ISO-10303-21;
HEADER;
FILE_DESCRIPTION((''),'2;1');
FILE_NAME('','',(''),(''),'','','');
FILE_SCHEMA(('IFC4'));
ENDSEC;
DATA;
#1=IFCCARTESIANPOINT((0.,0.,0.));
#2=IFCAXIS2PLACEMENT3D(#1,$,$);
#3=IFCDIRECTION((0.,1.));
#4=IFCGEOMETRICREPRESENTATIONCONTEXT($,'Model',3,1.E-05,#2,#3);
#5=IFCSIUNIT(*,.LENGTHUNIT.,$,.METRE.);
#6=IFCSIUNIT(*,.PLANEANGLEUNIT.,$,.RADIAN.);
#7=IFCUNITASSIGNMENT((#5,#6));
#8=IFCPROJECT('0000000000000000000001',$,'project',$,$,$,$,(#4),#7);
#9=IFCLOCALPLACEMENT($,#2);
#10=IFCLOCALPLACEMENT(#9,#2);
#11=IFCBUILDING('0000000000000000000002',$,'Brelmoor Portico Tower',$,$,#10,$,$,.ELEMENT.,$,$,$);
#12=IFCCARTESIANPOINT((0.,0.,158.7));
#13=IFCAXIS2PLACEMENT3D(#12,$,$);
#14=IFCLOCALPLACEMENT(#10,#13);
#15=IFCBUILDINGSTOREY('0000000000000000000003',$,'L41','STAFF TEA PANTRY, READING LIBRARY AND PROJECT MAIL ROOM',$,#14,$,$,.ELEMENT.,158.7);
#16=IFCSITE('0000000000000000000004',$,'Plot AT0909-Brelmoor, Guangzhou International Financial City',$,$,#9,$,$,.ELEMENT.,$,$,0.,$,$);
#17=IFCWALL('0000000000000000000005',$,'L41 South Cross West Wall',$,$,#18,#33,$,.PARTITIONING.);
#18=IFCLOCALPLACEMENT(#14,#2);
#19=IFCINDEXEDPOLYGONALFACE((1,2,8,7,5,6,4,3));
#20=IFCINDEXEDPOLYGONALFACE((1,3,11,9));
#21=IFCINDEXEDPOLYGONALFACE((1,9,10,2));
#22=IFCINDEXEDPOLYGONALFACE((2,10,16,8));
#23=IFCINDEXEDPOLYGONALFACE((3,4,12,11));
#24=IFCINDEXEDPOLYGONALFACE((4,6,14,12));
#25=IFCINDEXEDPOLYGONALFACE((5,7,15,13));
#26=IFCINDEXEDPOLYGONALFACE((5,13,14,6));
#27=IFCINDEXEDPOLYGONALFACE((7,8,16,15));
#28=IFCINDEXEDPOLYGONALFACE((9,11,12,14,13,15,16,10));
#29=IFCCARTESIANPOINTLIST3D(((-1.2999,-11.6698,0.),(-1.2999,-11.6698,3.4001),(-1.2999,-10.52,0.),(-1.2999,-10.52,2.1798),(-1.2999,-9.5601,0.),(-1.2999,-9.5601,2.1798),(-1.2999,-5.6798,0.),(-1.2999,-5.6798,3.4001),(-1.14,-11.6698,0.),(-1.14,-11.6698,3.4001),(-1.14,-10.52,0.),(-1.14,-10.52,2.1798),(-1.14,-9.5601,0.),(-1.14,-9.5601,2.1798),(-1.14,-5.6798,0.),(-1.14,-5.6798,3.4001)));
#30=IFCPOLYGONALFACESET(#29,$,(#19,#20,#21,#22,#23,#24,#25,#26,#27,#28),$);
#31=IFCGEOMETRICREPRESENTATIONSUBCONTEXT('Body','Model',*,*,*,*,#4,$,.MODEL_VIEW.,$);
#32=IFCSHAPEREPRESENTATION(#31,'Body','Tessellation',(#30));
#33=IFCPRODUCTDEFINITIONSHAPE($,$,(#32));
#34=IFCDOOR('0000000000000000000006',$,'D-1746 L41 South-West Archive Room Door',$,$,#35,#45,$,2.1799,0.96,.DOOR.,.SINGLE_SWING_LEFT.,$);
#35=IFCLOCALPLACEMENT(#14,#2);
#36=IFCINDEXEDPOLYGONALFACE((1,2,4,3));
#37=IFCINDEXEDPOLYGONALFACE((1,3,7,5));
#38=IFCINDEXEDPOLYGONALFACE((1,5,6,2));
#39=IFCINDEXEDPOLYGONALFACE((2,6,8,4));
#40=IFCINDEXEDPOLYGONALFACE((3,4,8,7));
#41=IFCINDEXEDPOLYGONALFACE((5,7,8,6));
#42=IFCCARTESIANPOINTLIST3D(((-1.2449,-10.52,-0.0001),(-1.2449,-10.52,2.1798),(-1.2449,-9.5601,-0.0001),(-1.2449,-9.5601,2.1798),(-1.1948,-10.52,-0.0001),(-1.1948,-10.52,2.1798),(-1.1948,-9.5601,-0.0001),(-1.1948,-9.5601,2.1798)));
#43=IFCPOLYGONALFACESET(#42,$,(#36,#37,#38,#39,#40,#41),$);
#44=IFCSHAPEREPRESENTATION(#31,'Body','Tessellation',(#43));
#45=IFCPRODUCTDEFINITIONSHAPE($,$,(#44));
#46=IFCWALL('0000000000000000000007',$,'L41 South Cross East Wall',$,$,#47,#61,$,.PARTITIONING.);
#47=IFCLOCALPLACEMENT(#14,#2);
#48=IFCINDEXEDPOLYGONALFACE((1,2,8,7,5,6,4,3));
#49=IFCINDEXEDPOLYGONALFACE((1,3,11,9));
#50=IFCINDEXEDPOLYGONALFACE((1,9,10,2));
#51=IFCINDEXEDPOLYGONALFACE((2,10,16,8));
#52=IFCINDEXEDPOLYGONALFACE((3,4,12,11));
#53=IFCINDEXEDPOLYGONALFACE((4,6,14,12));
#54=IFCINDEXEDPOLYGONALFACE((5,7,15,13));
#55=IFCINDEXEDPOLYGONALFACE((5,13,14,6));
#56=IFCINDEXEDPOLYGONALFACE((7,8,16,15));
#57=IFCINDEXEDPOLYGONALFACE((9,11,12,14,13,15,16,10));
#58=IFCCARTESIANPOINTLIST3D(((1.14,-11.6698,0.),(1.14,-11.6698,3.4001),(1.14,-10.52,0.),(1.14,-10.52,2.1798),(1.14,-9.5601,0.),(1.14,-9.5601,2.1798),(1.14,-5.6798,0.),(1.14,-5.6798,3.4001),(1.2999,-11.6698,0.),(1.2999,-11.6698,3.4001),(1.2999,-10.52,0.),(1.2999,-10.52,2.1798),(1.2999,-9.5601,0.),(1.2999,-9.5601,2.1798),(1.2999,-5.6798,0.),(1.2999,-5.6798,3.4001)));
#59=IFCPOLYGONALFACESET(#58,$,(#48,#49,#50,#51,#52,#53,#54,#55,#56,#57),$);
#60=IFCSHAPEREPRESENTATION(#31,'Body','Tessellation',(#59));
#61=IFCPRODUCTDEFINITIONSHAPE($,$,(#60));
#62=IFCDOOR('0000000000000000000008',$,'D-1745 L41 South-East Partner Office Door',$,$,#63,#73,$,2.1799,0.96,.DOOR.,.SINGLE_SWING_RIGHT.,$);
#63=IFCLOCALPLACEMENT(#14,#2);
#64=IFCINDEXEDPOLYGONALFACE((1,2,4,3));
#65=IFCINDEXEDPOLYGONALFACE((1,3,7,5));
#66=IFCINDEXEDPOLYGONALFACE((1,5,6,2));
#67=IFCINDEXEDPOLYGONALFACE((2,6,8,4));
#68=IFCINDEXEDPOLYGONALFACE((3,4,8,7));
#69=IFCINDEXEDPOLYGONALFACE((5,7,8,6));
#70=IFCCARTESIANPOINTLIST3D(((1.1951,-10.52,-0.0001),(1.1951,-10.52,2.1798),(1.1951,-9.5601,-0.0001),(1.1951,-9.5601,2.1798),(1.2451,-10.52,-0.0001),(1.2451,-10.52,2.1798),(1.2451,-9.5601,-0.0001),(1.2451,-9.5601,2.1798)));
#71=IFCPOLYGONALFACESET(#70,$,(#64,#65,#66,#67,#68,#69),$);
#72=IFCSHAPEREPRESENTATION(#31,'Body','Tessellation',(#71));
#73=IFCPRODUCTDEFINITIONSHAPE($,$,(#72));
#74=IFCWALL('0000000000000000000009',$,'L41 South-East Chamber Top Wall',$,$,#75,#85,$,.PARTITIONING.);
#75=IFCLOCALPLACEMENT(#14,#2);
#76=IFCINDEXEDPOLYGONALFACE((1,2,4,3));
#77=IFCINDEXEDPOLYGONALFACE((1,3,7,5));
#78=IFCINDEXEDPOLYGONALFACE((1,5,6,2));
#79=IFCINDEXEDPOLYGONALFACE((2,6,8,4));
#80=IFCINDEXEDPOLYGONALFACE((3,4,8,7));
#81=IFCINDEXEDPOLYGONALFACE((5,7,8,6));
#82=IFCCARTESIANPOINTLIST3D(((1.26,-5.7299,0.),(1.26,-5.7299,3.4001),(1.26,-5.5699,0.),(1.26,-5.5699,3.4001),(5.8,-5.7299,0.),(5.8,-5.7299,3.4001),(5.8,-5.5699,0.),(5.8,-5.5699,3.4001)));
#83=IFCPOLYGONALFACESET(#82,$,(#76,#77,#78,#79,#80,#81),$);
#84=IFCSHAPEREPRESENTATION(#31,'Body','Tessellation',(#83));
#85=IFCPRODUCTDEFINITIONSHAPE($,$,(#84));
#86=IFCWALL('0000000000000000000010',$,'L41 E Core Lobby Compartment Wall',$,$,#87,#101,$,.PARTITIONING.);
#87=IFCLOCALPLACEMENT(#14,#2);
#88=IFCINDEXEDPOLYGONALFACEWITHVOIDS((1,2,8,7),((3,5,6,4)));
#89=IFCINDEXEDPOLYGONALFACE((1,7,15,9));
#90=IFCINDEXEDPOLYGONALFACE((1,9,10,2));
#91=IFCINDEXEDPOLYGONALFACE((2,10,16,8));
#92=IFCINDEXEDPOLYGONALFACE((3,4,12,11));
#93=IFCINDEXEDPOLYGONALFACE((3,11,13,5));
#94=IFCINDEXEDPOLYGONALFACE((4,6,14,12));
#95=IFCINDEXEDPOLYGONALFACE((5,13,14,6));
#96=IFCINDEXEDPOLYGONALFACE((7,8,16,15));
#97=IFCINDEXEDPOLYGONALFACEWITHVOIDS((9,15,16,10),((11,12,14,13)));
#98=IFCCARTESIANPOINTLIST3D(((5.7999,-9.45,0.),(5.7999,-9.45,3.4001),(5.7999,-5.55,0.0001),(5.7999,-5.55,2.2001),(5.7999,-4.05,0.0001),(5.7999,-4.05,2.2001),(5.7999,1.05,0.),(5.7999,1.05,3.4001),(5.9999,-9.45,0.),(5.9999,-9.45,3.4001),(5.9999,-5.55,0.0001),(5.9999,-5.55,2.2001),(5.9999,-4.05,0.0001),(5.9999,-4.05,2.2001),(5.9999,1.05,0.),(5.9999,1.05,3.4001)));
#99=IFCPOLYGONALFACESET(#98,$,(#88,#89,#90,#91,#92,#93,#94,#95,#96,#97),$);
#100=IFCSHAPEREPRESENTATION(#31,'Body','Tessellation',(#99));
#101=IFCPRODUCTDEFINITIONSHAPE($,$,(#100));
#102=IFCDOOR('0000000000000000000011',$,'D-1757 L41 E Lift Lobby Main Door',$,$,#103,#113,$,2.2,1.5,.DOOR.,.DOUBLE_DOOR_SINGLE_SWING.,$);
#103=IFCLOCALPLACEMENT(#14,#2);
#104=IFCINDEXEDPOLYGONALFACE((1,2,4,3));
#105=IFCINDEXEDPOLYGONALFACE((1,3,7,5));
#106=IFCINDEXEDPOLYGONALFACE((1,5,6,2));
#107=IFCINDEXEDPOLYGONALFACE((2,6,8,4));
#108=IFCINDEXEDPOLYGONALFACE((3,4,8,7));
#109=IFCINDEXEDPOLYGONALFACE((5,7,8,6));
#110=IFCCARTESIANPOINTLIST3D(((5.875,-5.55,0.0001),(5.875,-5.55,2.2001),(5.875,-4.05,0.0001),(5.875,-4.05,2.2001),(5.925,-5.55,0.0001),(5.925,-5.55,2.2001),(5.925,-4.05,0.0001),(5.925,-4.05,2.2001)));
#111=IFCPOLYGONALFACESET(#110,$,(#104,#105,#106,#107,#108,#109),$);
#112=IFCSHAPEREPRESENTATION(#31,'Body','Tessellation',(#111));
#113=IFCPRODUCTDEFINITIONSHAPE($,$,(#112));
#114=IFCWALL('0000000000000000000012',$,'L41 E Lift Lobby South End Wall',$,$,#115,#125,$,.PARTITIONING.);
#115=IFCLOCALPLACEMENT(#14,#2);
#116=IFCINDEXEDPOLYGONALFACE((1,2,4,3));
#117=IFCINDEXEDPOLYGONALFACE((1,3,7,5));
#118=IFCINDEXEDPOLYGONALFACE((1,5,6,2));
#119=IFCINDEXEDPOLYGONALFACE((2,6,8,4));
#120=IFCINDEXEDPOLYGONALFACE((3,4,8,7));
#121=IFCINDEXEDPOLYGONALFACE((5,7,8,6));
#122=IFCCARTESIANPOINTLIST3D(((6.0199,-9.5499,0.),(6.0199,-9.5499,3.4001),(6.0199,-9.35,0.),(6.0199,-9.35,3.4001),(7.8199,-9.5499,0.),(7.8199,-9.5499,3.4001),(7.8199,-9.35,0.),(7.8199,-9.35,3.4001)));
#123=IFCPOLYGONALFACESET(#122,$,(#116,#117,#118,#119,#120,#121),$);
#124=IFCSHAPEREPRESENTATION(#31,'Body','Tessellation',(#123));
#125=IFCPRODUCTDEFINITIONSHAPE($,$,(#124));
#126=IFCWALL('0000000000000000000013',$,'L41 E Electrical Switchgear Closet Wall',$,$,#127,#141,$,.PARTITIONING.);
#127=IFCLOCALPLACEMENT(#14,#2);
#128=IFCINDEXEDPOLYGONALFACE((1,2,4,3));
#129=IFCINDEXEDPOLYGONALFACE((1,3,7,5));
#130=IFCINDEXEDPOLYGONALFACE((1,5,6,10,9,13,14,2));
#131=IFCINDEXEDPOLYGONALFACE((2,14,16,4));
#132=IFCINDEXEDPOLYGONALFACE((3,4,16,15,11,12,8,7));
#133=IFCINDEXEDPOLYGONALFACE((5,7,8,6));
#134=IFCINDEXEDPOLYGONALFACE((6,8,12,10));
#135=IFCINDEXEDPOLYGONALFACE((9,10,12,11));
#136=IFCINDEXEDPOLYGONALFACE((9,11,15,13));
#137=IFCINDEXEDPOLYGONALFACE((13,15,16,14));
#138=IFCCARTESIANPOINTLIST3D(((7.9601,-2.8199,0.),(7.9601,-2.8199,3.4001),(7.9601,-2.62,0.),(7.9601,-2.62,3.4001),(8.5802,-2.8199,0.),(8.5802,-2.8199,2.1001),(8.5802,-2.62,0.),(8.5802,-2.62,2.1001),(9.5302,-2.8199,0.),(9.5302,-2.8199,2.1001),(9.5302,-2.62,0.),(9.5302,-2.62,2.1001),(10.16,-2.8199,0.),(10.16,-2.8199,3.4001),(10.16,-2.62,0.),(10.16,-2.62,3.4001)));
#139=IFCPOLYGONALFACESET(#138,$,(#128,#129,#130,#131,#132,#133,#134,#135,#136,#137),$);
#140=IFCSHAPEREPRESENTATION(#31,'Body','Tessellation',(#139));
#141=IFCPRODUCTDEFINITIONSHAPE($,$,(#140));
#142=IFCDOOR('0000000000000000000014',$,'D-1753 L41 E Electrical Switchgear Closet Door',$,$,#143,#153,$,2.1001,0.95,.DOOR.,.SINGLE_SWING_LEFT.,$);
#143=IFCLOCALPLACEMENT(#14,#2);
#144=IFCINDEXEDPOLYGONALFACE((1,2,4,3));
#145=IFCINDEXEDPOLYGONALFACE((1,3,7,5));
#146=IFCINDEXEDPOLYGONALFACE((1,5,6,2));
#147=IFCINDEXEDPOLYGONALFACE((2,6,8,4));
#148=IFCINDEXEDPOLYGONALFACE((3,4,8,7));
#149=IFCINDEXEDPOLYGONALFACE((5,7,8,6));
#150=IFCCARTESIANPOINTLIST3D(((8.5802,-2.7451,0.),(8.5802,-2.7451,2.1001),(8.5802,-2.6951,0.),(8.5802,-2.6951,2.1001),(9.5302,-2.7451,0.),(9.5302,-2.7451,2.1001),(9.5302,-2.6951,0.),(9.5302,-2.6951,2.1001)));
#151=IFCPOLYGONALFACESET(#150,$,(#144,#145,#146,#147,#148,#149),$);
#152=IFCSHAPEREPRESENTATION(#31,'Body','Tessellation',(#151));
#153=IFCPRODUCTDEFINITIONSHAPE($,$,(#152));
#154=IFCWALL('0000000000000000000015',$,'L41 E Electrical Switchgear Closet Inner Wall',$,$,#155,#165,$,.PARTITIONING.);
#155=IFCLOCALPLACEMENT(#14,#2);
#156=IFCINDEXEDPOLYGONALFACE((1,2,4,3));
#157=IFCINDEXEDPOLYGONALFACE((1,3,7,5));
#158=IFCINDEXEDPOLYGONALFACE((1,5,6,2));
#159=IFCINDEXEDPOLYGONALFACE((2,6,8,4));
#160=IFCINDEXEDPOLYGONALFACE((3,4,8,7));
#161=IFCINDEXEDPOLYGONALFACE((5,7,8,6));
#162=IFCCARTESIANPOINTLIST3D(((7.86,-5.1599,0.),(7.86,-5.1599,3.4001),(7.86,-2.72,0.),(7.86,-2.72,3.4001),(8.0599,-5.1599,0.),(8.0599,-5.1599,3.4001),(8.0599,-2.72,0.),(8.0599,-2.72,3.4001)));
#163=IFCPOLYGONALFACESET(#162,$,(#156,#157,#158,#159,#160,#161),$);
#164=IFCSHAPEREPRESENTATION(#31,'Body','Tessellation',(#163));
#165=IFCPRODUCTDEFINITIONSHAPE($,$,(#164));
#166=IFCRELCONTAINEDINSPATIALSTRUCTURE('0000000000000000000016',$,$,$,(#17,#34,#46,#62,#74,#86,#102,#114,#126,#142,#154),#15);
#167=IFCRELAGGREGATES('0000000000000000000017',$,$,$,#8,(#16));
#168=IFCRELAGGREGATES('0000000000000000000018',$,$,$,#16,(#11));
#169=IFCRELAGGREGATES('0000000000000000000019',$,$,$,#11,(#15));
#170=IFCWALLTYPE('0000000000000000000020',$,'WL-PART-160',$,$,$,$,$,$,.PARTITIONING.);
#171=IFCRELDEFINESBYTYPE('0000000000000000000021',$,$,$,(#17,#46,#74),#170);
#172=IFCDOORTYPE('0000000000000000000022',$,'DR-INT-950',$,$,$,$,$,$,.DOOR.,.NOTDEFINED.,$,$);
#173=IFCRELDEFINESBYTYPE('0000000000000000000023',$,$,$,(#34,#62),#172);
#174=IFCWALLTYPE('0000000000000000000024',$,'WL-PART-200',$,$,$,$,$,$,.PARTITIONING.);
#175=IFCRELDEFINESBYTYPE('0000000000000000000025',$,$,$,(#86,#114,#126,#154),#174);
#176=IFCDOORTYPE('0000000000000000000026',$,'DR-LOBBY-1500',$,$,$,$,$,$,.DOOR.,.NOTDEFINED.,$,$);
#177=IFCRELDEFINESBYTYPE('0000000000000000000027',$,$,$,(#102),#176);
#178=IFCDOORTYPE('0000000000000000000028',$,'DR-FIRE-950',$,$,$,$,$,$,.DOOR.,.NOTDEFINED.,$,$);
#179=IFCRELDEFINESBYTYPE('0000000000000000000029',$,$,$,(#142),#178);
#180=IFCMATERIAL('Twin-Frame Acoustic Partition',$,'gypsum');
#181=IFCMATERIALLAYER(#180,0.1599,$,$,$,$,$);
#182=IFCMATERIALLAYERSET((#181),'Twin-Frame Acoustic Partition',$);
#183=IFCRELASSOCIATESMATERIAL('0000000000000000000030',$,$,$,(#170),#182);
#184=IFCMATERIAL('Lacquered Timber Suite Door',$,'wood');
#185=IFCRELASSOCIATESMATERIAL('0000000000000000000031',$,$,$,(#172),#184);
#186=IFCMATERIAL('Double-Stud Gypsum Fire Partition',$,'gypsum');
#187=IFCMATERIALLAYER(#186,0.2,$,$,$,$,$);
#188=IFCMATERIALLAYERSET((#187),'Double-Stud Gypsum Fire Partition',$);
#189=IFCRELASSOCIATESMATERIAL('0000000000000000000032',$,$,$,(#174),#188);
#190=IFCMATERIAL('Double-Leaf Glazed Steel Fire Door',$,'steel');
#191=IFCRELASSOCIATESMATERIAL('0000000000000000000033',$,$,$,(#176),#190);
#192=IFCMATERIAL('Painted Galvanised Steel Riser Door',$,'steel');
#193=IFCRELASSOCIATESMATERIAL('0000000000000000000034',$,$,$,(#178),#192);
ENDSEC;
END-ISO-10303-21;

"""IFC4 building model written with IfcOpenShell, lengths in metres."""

from ifc_helpers import new_model, si_unit, direction, frame, frame_2d, origin, place, context, subcontext, project, spatial, rectangle, extrude, material, layer, layer_set, type_object, element, fill, save


model = new_model("IFC4")

# Units and contexts
model_context = context("Model", 3, precision=1e-05, world=origin(), true_north=direction((0.0, 1.0)))
body_context = subcontext(model_context, "Body", "Model", "MODEL_VIEW")
ifc_project = project(units=[si_unit("LENGTHUNIT", "METRE"), si_unit("PLANEANGLEUNIT", "RADIAN")], contexts=[model_context])

# Site, building, storey
site_placement = place(None, origin())
site = spatial("IfcSite", under=ifc_project, at=site_placement, Name="Plot AT0909-Brelmoor, Guangzhou International Financial City", CompositionType="ELEMENT", RefElevation=0.0)
building_placement = place(site_placement, origin())
building = spatial("IfcBuilding", under=site, at=building_placement, Name="Brelmoor Portico Tower", CompositionType="ELEMENT")
storey_placement = place(building_placement, frame((0.0, 0.0, 158.7)))
storey = spatial("IfcBuildingStorey", under=building, at=storey_placement, Name="L41", Description="STAFF TEA PANTRY, READING LIBRARY AND PROJECT MAIL ROOM", CompositionType="ELEMENT", Elevation=158.7)

# Shared definitions
ifc_material_1 = material(Name="Twin-Frame Acoustic Partition", Category="gypsum")
ifc_layer_1 = layer(ifc_material_1, 0.1599)
ifc_layer_set_1 = layer_set([ifc_layer_1], Name="Twin-Frame Acoustic Partition")
wall_type_1 = type_object("IfcWallType", Name="WL-PART-160", PredefinedType="PARTITIONING", material=ifc_layer_set_1)
ifc_material_2 = material(Name="Lacquered Timber Suite Door", Category="wood")
door_type_1 = type_object("IfcDoorType", Name="DR-INT-950", OperationType="NOTDEFINED", PredefinedType="DOOR", material=ifc_material_2)

# Walls, openings, doors
wall_1_placement = place(storey_placement, frame((-1.22, -11.6699, 0.0), z_axis=(0.0, 0.0, 1.0), x_axis=(0.0, 1.0, 0.0)))
wall_1 = element("IfcWall", 1, at=wall_1_placement, inside=storey, type_object=wall_type_1, Name="L41 South Cross West Wall", PredefinedType="PARTITIONING", context=body_context, shape_type="SweptSolid", body=[
    extrude(rectangle(XDim=5.99, YDim=0.1599, at=frame_2d((2.9951, 0.0))), origin(), (0.0, 0.0, 1.0), 3.4001),
])
opening_1_placement = place(wall_1_placement, frame((1.1499, 0.0, 0.0)))
opening_1 = element("IfcOpeningElement", 2, at=opening_1_placement, cuts=wall_1, PredefinedType="OPENING", context=body_context, shape_type="SweptSolid", body=[
    extrude(rectangle(XDim=0.96, YDim=2.1799, at=frame_2d((0.48, 1.0898))), frame((0.0, 0.0898, 0.0), z_axis=(0.0, -1.0, 0.0), x_axis=(1.0, 0.0, 0.0)), (0.0, 0.0, 1.0), 0.1799),
])
door_1_placement = place(opening_1_placement, origin())
door_1 = element("IfcDoor", 3, at=door_1_placement, inside=storey, type_object=door_type_1, Name="D-1746 L41 South-West Archive Room Door", OperationType="SINGLE_SWING_LEFT", OverallHeight=2.1799, OverallWidth=0.96, PredefinedType="DOOR", context=body_context, shape_type="SweptSolid", body=[
    extrude(rectangle(XDim=0.96, YDim=2.1799, at=frame_2d((0.48, 1.0898))), frame((0.0, 0.0249, 0.0), z_axis=(0.0, -1.0, 0.0), x_axis=(1.0, 0.0, 0.0)), (0.0, 0.0, 1.0), 0.05),
])
fill(opening_1, door_1)
wall_2_placement = place(storey_placement, frame((1.22, -11.6699, 0.0), z_axis=(0.0, 0.0, 1.0), x_axis=(0.0, 1.0, 0.0)))
wall_2 = element("IfcWall", 4, at=wall_2_placement, inside=storey, type_object=wall_type_1, Name="L41 South Cross East Wall", PredefinedType="PARTITIONING", context=body_context, shape_type="SweptSolid", body=[
    extrude(rectangle(XDim=5.99, YDim=0.1599, at=frame_2d((2.9951, 0.0))), origin(), (0.0, 0.0, 1.0), 3.4001),
])
opening_2_placement = place(wall_2_placement, frame((1.1499, 0.0, 0.0)))
opening_2 = element("IfcOpeningElement", 5, at=opening_2_placement, cuts=wall_2, PredefinedType="OPENING", context=body_context, shape_type="SweptSolid", body=[
    extrude(rectangle(XDim=0.96, YDim=2.1799, at=frame_2d((0.48, 1.0898))), frame((0.0, 0.0898, 0.0), z_axis=(0.0, -1.0, 0.0), x_axis=(1.0, 0.0, 0.0)), (0.0, 0.0, 1.0), 0.1799),
])
door_2_placement = place(opening_2_placement, origin())
door_2 = element("IfcDoor", 6, at=door_2_placement, inside=storey, type_object=door_type_1, Name="D-1745 L41 South-East Partner Office Door", OperationType="SINGLE_SWING_RIGHT", OverallHeight=2.1799, OverallWidth=0.96, PredefinedType="DOOR", context=body_context, shape_type="SweptSolid", body=[
    extrude(rectangle(XDim=0.96, YDim=2.1799, at=frame_2d((0.48, 1.0898))), frame((0.0, 0.0249, 0.0), z_axis=(0.0, -1.0, 0.0), x_axis=(1.0, 0.0, 0.0)), (0.0, 0.0, 1.0), 0.05),
])
fill(opening_2, door_2)

# Wall
wall_3_placement = place(storey_placement, frame((1.26, -5.6499, 0.0), z_axis=(0.0, 0.0, 1.0), x_axis=(1.0, 0.0, 0.0)))
element("IfcWall", 7, at=wall_3_placement, inside=storey, type_object=wall_type_1, Name="L41 South-East Chamber Top Wall", PredefinedType="PARTITIONING", context=body_context, shape_type="SweptSolid", body=[
    extrude(rectangle(XDim=4.54, YDim=0.1599, at=frame_2d((2.27, 0.0))), origin(), (0.0, 0.0, 1.0), 3.4001),
])

# Wall, opening, door
ifc_material_3 = material(Name="Double-Stud Gypsum Fire Partition", Category="gypsum")
ifc_layer_2 = layer(ifc_material_3, 0.2)
ifc_layer_set_2 = layer_set([ifc_layer_2], Name="Double-Stud Gypsum Fire Partition")
wall_type_2 = type_object("IfcWallType", Name="WL-PART-200", PredefinedType="PARTITIONING", material=ifc_layer_set_2)
wall_4_placement = place(storey_placement, frame((5.8999, -9.45, 0.0), z_axis=(0.0, 0.0, 1.0), x_axis=(0.0, 1.0, 0.0)))
wall_4 = element("IfcWall", 8, at=wall_4_placement, inside=storey, type_object=wall_type_2, Name="L41 E Core Lobby Compartment Wall", PredefinedType="PARTITIONING", context=body_context, shape_type="SweptSolid", body=[
    extrude(rectangle(XDim=10.5, YDim=0.2, at=frame_2d((5.25, 0.0))), origin(), (0.0, 0.0, 1.0), 3.4001),
])
opening_3_placement = place(wall_4_placement, frame((3.8999, 0.0, 0.0)))
opening_3 = element("IfcOpeningElement", 9, at=opening_3_placement, cuts=wall_4, PredefinedType="OPENING", context=body_context, shape_type="SweptSolid", body=[
    extrude(rectangle(XDim=1.5, YDim=2.2, at=frame_2d((0.75, 1.1001))), frame((0.0, 0.1099, 0.0), z_axis=(0.0, -1.0, 0.0), x_axis=(1.0, 0.0, 0.0)), (0.0, 0.0, 1.0), 0.22),
])
ifc_material_4 = material(Name="Double-Leaf Glazed Steel Fire Door", Category="steel")
door_type_2 = type_object("IfcDoorType", Name="DR-LOBBY-1500", OperationType="NOTDEFINED", PredefinedType="DOOR", material=ifc_material_4)
door_3_placement = place(opening_3_placement, origin())
door_3 = element("IfcDoor", 10, at=door_3_placement, inside=storey, type_object=door_type_2, Name="D-1757 L41 E Lift Lobby Main Door", OperationType="DOUBLE_DOOR_SINGLE_SWING", OverallHeight=2.2, OverallWidth=1.5, PredefinedType="DOOR", context=body_context, shape_type="SweptSolid", body=[
    extrude(rectangle(XDim=1.5, YDim=2.2, at=frame_2d((0.75, 1.1001))), frame((0.0, 0.0249, 0.0), z_axis=(0.0, -1.0, 0.0), x_axis=(1.0, 0.0, 0.0)), (0.0, 0.0, 1.0), 0.05),
])
fill(opening_3, door_3)

# Wall
wall_5_placement = place(storey_placement, frame((6.02, -9.45, 0.0), z_axis=(0.0, 0.0, 1.0), x_axis=(1.0, 0.0, 0.0)))
element("IfcWall", 11, at=wall_5_placement, inside=storey, type_object=wall_type_2, Name="L41 E Lift Lobby South End Wall", PredefinedType="PARTITIONING", context=body_context, shape_type="SweptSolid", body=[
    extrude(rectangle(XDim=1.8, YDim=0.2, at=frame_2d((0.8999, 0.0))), origin(), (0.0, 0.0, 1.0), 3.4001),
])

# Wall, opening, door
wall_6_placement = place(storey_placement, frame((7.96, -2.72, 0.0), z_axis=(0.0, 0.0, 1.0), x_axis=(1.0, 0.0, 0.0)))
wall_6 = element("IfcWall", 12, at=wall_6_placement, inside=storey, type_object=wall_type_2, Name="L41 E Electrical Switchgear Closet Wall", PredefinedType="PARTITIONING", context=body_context, shape_type="SweptSolid", body=[
    extrude(rectangle(XDim=2.2, YDim=0.2, at=frame_2d((1.1001, 0.0))), origin(), (0.0, 0.0, 1.0), 3.4001),
])
opening_4_placement = place(wall_6_placement, frame((0.6201, 0.0, 0.0)))
opening_4 = element("IfcOpeningElement", 13, at=opening_4_placement, cuts=wall_6, PredefinedType="OPENING", context=body_context, shape_type="SweptSolid", body=[
    extrude(rectangle(XDim=0.95, YDim=2.1001, at=frame_2d((0.4751, 1.05))), frame((0.0, 0.1099, 0.0), z_axis=(0.0, -1.0, 0.0), x_axis=(1.0, 0.0, 0.0)), (0.0, 0.0, 1.0), 0.22),
])
ifc_material_5 = material(Name="Painted Galvanised Steel Riser Door", Category="steel")
door_type_3 = type_object("IfcDoorType", Name="DR-FIRE-950", OperationType="NOTDEFINED", PredefinedType="DOOR", material=ifc_material_5)
door_4_placement = place(opening_4_placement, origin())
door_4 = element("IfcDoor", 14, at=door_4_placement, inside=storey, type_object=door_type_3, Name="D-1753 L41 E Electrical Switchgear Closet Door", OperationType="SINGLE_SWING_LEFT", OverallHeight=2.1001, OverallWidth=0.95, PredefinedType="DOOR", context=body_context, shape_type="SweptSolid", body=[
    extrude(rectangle(XDim=0.95, YDim=2.1001, at=frame_2d((0.4751, 1.05))), frame((0.0, 0.0249, 0.0), z_axis=(0.0, -1.0, 0.0), x_axis=(1.0, 0.0, 0.0)), (0.0, 0.0, 1.0), 0.05),
])
fill(opening_4, door_4)

# Wall
wall_7_placement = place(storey_placement, frame((7.96, -5.1599, 0.0), z_axis=(0.0, 0.0, 1.0), x_axis=(0.0, 1.0, 0.0)))
element("IfcWall", 15, at=wall_7_placement, inside=storey, type_object=wall_type_2, Name="L41 E Electrical Switchgear Closet Inner Wall", PredefinedType="PARTITIONING", context=body_context, shape_type="SweptSolid", body=[
    extrude(rectangle(XDim=2.4399, YDim=0.2, at=frame_2d((1.22, 0.0))), origin(), (0.0, 0.0, 1.0), 3.4001),
])

save(model, "model.ifc")
